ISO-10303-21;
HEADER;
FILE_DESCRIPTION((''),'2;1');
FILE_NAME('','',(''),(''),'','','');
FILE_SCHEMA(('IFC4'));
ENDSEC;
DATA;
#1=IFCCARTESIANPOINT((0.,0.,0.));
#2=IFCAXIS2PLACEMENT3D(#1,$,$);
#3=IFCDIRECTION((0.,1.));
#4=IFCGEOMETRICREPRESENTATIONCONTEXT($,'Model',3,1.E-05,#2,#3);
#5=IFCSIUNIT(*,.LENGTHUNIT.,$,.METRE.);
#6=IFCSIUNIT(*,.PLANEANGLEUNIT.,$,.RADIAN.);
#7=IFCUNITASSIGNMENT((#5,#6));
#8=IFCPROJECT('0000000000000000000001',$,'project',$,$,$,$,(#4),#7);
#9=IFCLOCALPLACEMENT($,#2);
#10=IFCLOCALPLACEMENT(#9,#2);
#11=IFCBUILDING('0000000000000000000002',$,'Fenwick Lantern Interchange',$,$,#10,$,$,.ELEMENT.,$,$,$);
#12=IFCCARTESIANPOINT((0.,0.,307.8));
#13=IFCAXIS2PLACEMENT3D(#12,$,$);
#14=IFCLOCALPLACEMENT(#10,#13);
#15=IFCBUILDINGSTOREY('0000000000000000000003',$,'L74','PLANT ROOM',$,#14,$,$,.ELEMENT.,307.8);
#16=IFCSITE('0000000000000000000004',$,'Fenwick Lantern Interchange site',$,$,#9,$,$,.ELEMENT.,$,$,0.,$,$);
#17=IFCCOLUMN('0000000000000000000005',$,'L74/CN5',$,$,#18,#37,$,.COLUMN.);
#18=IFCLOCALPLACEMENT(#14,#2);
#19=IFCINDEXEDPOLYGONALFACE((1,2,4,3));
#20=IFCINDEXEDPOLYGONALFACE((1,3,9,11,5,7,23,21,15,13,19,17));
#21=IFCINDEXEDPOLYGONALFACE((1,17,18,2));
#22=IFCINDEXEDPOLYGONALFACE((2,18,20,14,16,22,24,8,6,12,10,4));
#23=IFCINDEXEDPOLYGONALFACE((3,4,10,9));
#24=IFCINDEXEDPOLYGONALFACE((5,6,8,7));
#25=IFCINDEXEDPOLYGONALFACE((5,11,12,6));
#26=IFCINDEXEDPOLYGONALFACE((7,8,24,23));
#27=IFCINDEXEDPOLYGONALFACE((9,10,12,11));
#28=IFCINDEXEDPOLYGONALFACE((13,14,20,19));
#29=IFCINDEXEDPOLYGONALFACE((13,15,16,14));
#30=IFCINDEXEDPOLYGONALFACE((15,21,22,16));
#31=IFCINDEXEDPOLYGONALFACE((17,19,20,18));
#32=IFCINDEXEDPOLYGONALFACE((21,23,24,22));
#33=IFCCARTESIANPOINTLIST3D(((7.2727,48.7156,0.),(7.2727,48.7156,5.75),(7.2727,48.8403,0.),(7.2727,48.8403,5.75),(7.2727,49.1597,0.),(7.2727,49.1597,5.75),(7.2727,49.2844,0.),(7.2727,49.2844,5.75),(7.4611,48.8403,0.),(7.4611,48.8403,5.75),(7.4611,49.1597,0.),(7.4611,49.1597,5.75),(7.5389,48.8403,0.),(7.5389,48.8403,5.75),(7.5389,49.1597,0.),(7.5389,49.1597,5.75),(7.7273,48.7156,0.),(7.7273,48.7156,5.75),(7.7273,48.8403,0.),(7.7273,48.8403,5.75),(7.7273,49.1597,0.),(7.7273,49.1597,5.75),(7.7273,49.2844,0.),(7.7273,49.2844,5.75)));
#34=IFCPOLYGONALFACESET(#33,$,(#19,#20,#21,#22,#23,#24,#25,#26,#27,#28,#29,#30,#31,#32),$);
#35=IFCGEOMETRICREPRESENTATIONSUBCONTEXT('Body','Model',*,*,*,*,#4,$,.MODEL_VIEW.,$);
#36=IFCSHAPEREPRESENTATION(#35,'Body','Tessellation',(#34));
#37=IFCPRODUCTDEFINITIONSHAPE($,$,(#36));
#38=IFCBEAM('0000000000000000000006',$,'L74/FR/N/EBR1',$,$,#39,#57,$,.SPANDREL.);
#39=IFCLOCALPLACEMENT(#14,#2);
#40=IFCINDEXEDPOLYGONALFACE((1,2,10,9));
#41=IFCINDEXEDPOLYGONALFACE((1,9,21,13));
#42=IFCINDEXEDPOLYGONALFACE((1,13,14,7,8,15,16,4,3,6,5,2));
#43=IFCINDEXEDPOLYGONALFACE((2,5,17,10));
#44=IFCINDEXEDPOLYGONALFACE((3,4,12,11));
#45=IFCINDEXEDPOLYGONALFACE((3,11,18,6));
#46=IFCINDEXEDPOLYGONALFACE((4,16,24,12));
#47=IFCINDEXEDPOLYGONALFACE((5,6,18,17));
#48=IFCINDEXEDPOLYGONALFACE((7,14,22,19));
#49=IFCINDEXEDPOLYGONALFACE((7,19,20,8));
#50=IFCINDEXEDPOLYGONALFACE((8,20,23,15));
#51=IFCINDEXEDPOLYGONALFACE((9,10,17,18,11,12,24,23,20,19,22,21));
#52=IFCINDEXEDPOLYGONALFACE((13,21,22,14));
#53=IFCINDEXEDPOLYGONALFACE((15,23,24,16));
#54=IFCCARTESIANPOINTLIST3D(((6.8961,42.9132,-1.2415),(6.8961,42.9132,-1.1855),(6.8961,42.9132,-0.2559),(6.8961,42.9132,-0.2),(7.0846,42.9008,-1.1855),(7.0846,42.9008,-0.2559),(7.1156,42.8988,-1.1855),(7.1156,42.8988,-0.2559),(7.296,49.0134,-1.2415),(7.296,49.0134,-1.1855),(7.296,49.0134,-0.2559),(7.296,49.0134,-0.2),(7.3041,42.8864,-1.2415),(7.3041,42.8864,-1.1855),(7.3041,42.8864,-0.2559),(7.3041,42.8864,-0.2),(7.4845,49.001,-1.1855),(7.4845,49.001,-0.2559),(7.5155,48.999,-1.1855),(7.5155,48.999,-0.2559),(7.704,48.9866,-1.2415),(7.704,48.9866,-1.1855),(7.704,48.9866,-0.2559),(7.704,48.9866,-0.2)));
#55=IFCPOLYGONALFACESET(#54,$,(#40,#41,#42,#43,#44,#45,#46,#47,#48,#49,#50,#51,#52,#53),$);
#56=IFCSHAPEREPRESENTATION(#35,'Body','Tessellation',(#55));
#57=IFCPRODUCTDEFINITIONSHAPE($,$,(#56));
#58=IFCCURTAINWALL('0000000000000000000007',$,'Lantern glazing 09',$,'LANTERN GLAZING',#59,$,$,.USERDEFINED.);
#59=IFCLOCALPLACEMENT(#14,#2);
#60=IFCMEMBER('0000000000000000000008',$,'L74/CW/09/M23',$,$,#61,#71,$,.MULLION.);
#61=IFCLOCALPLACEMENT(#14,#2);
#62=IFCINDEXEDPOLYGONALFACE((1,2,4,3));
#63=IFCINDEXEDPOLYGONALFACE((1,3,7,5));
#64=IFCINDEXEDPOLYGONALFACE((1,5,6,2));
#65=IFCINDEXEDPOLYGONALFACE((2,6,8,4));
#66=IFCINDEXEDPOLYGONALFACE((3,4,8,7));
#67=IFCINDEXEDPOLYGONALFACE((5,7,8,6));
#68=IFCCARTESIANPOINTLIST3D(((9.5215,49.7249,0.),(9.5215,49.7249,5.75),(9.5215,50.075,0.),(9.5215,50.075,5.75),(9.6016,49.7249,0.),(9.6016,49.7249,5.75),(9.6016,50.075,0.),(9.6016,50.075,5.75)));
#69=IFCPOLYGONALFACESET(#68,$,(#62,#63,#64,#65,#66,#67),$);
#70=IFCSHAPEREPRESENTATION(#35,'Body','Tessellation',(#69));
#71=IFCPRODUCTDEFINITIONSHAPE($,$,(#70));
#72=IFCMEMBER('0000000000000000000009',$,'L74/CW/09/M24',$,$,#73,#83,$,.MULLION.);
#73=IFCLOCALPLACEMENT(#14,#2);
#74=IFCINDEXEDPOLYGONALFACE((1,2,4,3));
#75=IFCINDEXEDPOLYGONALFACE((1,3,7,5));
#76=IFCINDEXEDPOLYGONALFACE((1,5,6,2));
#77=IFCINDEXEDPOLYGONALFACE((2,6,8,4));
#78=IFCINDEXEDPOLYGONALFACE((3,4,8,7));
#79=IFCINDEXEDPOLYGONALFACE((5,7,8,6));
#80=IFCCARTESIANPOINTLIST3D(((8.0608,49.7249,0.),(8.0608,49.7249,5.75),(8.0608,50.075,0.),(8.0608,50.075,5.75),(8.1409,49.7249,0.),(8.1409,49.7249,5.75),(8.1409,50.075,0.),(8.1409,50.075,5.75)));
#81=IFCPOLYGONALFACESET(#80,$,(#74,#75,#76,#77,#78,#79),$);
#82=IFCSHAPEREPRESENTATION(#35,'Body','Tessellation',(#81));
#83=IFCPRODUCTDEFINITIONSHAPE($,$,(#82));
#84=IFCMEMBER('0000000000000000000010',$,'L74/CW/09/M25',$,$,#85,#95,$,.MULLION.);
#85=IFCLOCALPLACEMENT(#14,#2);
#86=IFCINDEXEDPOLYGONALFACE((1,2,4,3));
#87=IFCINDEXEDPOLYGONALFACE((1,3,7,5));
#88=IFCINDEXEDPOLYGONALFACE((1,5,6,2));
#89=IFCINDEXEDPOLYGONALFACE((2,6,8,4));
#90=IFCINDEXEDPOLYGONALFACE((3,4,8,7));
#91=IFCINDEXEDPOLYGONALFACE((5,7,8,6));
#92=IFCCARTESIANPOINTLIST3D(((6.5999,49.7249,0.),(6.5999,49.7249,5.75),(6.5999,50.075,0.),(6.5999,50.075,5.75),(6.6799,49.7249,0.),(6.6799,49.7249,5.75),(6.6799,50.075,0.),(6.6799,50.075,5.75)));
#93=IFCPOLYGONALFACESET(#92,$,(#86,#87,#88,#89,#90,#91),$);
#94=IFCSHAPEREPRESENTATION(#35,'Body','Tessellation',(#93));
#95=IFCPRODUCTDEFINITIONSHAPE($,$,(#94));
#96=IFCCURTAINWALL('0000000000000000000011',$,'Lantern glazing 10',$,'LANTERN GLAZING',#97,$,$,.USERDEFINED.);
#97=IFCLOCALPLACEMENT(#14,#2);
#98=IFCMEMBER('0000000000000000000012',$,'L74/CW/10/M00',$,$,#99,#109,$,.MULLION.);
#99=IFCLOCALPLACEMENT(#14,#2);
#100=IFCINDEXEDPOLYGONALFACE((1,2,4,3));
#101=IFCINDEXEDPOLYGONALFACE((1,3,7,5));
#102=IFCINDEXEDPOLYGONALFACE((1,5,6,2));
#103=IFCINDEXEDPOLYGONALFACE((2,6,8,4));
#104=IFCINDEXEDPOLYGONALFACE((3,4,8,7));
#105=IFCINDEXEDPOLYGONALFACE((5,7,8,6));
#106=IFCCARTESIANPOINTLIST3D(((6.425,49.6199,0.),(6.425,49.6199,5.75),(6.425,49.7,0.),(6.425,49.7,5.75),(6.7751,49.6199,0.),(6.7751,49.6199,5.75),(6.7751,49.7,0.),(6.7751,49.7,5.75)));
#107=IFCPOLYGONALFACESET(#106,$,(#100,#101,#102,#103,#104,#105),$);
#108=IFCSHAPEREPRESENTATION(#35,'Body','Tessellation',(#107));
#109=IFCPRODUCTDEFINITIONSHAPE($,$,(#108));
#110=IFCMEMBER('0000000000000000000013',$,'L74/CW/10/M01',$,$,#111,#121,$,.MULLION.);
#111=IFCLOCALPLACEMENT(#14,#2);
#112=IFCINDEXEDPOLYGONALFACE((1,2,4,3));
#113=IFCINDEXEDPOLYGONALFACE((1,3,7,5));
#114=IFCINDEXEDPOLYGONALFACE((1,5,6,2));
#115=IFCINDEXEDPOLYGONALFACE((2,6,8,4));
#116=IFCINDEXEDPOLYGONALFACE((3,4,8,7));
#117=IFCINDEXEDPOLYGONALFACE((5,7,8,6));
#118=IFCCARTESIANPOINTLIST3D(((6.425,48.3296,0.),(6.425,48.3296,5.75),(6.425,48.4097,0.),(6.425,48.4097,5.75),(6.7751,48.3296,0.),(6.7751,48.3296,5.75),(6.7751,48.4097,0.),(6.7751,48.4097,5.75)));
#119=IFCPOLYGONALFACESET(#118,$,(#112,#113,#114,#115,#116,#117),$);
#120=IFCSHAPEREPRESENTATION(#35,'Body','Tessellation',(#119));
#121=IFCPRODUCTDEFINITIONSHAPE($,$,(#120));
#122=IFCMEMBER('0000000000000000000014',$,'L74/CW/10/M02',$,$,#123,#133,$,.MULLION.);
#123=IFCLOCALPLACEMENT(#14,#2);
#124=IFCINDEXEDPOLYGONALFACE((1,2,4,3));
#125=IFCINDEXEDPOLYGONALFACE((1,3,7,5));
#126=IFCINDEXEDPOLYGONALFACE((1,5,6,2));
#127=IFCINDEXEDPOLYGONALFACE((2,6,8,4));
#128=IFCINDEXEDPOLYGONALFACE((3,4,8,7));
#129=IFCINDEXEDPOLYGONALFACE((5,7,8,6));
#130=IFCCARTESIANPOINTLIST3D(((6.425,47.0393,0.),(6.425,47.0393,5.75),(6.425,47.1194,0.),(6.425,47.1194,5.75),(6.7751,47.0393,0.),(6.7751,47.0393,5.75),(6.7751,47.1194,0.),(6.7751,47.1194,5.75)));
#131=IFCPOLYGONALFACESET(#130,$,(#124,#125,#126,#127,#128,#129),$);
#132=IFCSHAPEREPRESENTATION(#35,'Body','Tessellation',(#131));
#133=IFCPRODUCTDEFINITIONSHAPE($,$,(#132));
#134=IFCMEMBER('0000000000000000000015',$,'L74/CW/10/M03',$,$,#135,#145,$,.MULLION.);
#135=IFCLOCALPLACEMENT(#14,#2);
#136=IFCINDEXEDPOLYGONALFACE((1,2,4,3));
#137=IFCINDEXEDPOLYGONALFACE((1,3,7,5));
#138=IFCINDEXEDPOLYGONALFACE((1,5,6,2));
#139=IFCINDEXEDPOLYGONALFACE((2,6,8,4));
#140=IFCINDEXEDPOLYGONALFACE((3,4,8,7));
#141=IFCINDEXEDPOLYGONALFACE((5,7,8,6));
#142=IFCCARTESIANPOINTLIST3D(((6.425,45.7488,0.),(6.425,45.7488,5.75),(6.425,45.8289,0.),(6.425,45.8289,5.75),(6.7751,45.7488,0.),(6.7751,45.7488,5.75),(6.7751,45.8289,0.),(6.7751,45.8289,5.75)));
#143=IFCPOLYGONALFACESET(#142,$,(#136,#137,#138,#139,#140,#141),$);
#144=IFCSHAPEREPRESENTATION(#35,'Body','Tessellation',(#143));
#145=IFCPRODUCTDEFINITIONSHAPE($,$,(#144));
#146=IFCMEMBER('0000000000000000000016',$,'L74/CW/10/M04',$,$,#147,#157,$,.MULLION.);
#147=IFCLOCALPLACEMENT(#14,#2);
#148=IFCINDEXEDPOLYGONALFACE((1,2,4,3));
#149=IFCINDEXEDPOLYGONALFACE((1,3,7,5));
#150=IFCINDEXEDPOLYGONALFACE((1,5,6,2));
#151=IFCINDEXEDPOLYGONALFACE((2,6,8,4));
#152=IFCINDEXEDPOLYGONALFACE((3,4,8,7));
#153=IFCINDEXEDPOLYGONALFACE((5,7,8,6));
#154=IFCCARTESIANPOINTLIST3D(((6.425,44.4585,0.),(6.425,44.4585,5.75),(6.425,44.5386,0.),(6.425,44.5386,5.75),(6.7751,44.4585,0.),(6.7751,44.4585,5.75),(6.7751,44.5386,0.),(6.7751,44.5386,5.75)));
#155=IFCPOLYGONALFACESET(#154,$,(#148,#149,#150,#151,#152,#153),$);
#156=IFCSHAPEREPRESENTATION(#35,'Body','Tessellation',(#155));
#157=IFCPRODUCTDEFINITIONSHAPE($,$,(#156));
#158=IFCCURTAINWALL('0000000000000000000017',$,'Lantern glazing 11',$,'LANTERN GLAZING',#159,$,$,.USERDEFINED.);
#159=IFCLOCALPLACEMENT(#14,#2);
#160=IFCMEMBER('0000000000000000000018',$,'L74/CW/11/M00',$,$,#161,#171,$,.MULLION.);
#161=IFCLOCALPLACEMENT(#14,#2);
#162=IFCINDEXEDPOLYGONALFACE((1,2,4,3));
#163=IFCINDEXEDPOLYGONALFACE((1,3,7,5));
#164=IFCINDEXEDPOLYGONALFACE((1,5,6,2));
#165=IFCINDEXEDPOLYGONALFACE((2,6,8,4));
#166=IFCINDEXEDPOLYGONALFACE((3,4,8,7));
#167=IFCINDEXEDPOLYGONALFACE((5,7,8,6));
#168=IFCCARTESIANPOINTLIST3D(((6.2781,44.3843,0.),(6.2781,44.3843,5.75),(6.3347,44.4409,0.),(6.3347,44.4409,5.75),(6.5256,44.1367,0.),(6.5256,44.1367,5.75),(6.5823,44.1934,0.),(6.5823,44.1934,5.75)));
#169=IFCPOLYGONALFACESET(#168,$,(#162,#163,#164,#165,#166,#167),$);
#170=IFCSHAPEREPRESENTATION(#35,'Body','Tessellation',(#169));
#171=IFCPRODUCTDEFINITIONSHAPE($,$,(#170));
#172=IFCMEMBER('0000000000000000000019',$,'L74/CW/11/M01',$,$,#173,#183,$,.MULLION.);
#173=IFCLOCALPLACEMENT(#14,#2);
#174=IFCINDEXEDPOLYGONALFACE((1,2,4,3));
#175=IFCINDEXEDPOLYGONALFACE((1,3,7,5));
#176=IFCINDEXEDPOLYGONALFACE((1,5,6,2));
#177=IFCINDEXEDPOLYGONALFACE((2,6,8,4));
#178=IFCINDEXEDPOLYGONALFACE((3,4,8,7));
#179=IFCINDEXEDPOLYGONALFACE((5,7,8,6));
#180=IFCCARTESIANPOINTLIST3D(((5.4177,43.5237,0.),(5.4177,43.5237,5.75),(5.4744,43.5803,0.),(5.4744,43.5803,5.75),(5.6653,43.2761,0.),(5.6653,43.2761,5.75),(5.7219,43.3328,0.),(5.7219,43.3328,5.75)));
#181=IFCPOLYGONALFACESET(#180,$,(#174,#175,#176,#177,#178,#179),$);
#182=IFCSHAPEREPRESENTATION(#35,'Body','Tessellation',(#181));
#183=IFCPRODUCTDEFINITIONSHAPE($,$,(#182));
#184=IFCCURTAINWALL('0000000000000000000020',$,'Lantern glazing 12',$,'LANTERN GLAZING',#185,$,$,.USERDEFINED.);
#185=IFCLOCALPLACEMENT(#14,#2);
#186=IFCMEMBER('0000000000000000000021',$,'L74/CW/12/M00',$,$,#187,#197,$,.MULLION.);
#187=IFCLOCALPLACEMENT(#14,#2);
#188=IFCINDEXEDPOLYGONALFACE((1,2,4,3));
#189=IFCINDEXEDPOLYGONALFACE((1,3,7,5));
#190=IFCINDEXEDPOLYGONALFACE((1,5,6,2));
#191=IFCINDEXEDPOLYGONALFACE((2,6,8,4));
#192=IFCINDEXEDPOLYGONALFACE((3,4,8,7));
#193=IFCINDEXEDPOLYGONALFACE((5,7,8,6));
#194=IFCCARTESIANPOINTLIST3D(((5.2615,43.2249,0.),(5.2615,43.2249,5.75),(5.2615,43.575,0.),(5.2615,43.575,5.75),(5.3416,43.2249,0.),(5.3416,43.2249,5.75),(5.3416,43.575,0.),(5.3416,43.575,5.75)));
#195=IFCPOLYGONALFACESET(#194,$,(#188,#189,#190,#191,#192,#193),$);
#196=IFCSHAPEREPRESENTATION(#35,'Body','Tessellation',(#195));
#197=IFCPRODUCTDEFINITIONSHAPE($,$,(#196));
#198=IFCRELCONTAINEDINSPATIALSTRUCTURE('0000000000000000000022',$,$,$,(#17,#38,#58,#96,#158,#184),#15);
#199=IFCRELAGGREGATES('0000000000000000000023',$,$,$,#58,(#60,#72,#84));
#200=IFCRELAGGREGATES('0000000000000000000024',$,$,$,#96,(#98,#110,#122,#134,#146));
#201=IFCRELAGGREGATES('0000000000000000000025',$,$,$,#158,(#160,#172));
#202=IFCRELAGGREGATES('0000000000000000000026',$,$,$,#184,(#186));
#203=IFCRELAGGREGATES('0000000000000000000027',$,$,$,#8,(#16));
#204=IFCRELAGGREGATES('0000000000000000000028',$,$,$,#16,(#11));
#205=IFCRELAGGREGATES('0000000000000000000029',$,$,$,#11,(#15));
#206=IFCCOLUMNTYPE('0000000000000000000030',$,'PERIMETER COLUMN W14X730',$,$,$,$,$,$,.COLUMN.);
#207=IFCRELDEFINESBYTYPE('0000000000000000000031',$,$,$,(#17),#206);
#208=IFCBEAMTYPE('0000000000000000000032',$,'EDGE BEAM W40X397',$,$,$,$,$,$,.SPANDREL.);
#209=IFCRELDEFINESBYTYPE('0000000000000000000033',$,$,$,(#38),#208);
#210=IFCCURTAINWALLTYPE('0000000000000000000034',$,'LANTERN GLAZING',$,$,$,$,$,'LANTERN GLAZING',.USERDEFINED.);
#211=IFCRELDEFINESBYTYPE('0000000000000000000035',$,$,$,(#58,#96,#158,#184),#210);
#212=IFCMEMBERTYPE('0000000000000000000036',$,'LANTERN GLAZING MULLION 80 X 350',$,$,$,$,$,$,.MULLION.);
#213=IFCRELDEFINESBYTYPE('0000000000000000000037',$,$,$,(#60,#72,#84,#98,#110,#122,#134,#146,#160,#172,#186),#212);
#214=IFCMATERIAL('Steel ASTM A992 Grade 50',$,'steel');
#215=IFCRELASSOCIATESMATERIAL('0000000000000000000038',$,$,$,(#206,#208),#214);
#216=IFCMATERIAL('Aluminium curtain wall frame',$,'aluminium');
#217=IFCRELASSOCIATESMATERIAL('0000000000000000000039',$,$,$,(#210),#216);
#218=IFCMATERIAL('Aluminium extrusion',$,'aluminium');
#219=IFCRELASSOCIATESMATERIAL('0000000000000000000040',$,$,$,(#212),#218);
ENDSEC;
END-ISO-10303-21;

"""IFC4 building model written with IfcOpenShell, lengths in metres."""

from ifc_helpers import new_model, si_unit, direction, frame, origin, origin_2d, place, context, subcontext, project, spatial, rectangle, i_section, extrude, material, material_profile, profile_set, type_object, element, aggregate, save


model = new_model("IFC4")

# Units and contexts
model_context = context("Model", 3, precision=1e-05, world=origin(), true_north=direction((0.0, 1.0)))
body_context = subcontext(model_context, "Body", "Model", "MODEL_VIEW")
ifc_project = project(units=[si_unit("LENGTHUNIT", "METRE"), si_unit("PLANEANGLEUNIT", "RADIAN")], contexts=[model_context])

# Site, building, storey
site_placement = place(None, origin())
site = spatial("IfcSite", under=ifc_project, at=site_placement, Name="Fenwick Lantern Interchange site", CompositionType="ELEMENT", RefElevation=0.0)
building_placement = place(site_placement, origin())
building = spatial("IfcBuilding", under=site, at=building_placement, Name="Fenwick Lantern Interchange", CompositionType="ELEMENT")
storey_placement = place(building_placement, frame((0.0, 0.0, 307.8)))
storey = spatial("IfcBuildingStorey", under=building, at=storey_placement, Name="L74", Description="PLANT ROOM", CompositionType="ELEMENT", Elevation=307.8)

# Column
ifc_material_1 = material(Name="Steel ASTM A992 Grade 50", Category="steel")
ifc_material_profile_1 = material_profile(ifc_material_1, i_section(OverallWidth=0.4546, OverallDepth=0.5688, WebThickness=0.0779, FlangeThickness=0.1248, at=origin_2d()), Name="W14X730")
ifc_profile_set_1 = profile_set([ifc_material_profile_1], Name="Steel ASTM A992 Grade 50")
column_type = type_object("IfcColumnType", Name="PERIMETER COLUMN W14X730", PredefinedType="COLUMN", material=ifc_profile_set_1)
column_placement = place(storey_placement, frame((7.5, 49.0, 0.0), z_axis=(0.0, 0.0, 1.0), x_axis=(1.0, 0.0, 0.0)))
element("IfcColumn", 1, at=column_placement, inside=storey, type_object=column_type, Name="L74/CN5", PredefinedType="COLUMN", context=body_context, shape_type="SweptSolid", body=[
    extrude(i_section(OverallWidth=0.4546, OverallDepth=0.5688, WebThickness=0.0779, FlangeThickness=0.1248, at=origin_2d()), origin(), (0.0, 0.0, 1.0), 5.75),
])

# Beam
ifc_material_profile_2 = material_profile(ifc_material_1, i_section(OverallWidth=0.4089, OverallDepth=1.0415, WebThickness=0.031, FlangeThickness=0.0559, at=origin_2d()), Name="W40X397")
ifc_profile_set_2 = profile_set([ifc_material_profile_2], Name="Steel ASTM A992 Grade 50")
beam_type = type_object("IfcBeamType", Name="EDGE BEAM W40X397", PredefinedType="SPANDREL", material=ifc_profile_set_2)
beam_placement = place(storey_placement, frame((7.5, 49.0, -0.7207), z_axis=(-0.065416, -0.997858, 0.0), x_axis=(0.997858, -0.065416, 0.0)))
element("IfcBeam", 2, at=beam_placement, inside=storey, type_object=beam_type, Name="L74/FR/N/EBR1", PredefinedType="SPANDREL", context=body_context, shape_type="SweptSolid", body=[
    extrude(i_section(OverallWidth=0.4089, OverallDepth=1.0415, WebThickness=0.031, FlangeThickness=0.0559, at=origin_2d()), origin(), (0.0, 0.0, 1.0), 6.1133),
])

# Curtain walls, members
ifc_material_2 = material(Name="Aluminium curtain wall frame", Category="aluminium")
curtain_wall_type = type_object("IfcCurtainWallType", Name="LANTERN GLAZING", ElementType="LANTERN GLAZING", PredefinedType="USERDEFINED", material=ifc_material_2)
curtain_wall_1_placement = place(storey_placement, origin())
curtain_wall_1 = element("IfcCurtainWall", 3, at=curtain_wall_1_placement, inside=storey, type_object=curtain_wall_type, Name="Lantern glazing 09", ObjectType="LANTERN GLAZING", PredefinedType="USERDEFINED")
ifc_material_3 = material(Name="Aluminium extrusion", Category="aluminium")
ifc_material_profile_3 = material_profile(ifc_material_3, rectangle(XDim=0.3501, YDim=0.0801, at=origin_2d()), Name="LANTERN GLAZING MULLION 80 X 350")
ifc_profile_set_3 = profile_set([ifc_material_profile_3], Name="Aluminium extrusion")
member_type_1 = type_object("IfcMemberType", Name="LANTERN GLAZING MULLION 80 X 350", PredefinedType="MULLION", material=ifc_profile_set_3)
member_1_placement = place(storey_placement, frame((9.5615, 49.8999, 0.0), z_axis=(0.0, 0.0, 1.0), x_axis=(0.0, -1.0, 0.0)))
member_1 = element("IfcMember", 4, at=member_1_placement, type_object=member_type_1, Name="L74/CW/09/M23", PredefinedType="MULLION", context=body_context, shape_type="SweptSolid", body=[
    extrude(rectangle(XDim=0.3501, YDim=0.0801, at=origin_2d()), origin(), (0.0, 0.0, 1.0), 5.75),
])
member_2_placement = place(storey_placement, frame((8.1008, 49.8999, 0.0), z_axis=(0.0, 0.0, 1.0), x_axis=(0.0, -1.0, 0.0)))
member_2 = element("IfcMember", 5, at=member_2_placement, type_object=member_type_1, Name="L74/CW/09/M24", PredefinedType="MULLION", context=body_context, shape_type="SweptSolid", body=[
    extrude(rectangle(XDim=0.3501, YDim=0.0801, at=origin_2d()), origin(), (0.0, 0.0, 1.0), 5.75),
])
member_3_placement = place(storey_placement, frame((6.6399, 49.8999, 0.0), z_axis=(0.0, 0.0, 1.0), x_axis=(0.0, -1.0, 0.0)))
member_3 = element("IfcMember", 6, at=member_3_placement, type_object=member_type_1, Name="L74/CW/09/M25", PredefinedType="MULLION", context=body_context, shape_type="SweptSolid", body=[
    extrude(rectangle(XDim=0.3501, YDim=0.0801, at=origin_2d()), origin(), (0.0, 0.0, 1.0), 5.75),
])
aggregate(curtain_wall_1, [member_1, member_2, member_3])
curtain_wall_2_placement = place(storey_placement, origin())
curtain_wall_2 = element("IfcCurtainWall", 7, at=curtain_wall_2_placement, inside=storey, type_object=curtain_wall_type, Name="Lantern glazing 10", ObjectType="LANTERN GLAZING", PredefinedType="USERDEFINED")
member_4_placement = place(storey_placement, frame((6.6001, 49.6599, 0.0), z_axis=(0.0, 0.0, 1.0), x_axis=(1.0, 0.0, 0.0)))
member_4 = element("IfcMember", 8, at=member_4_placement, type_object=member_type_1, Name="L74/CW/10/M00", PredefinedType="MULLION", context=body_context, shape_type="SweptSolid", body=[
    extrude(rectangle(XDim=0.3501, YDim=0.0801, at=origin_2d()), origin(), (0.0, 0.0, 1.0), 5.75),
])
member_5_placement = place(storey_placement, frame((6.6001, 48.3696, 0.0), z_axis=(0.0, 0.0, 1.0), x_axis=(1.0, 0.0, 0.0)))
member_5 = element("IfcMember", 9, at=member_5_placement, type_object=member_type_1, Name="L74/CW/10/M01", PredefinedType="MULLION", context=body_context, shape_type="SweptSolid", body=[
    extrude(rectangle(XDim=0.3501, YDim=0.0801, at=origin_2d()), origin(), (0.0, 0.0, 1.0), 5.75),
])
member_6_placement = place(storey_placement, frame((6.6001, 47.0793, 0.0), z_axis=(0.0, 0.0, 1.0), x_axis=(1.0, 0.0, 0.0)))
member_6 = element("IfcMember", 10, at=member_6_placement, type_object=member_type_1, Name="L74/CW/10/M02", PredefinedType="MULLION", context=body_context, shape_type="SweptSolid", body=[
    extrude(rectangle(XDim=0.3501, YDim=0.0801, at=origin_2d()), origin(), (0.0, 0.0, 1.0), 5.75),
])
member_7_placement = place(storey_placement, frame((6.6001, 45.7888, 0.0), z_axis=(0.0, 0.0, 1.0), x_axis=(1.0, 0.0, 0.0)))
member_7 = element("IfcMember", 11, at=member_7_placement, type_object=member_type_1, Name="L74/CW/10/M03", PredefinedType="MULLION", context=body_context, shape_type="SweptSolid", body=[
    extrude(rectangle(XDim=0.3501, YDim=0.0801, at=origin_2d()), origin(), (0.0, 0.0, 1.0), 5.75),
])
member_8_placement = place(storey_placement, frame((6.6001, 44.4985, 0.0), z_axis=(0.0, 0.0, 1.0), x_axis=(1.0, 0.0, 0.0)))
member_8 = element("IfcMember", 12, at=member_8_placement, type_object=member_type_1, Name="L74/CW/10/M04", PredefinedType="MULLION", context=body_context, shape_type="SweptSolid", body=[
    extrude(rectangle(XDim=0.3501, YDim=0.0801, at=origin_2d()), origin(), (0.0, 0.0, 1.0), 5.75),
])
curtain_wall_3_placement = place(storey_placement, origin())
curtain_wall_3 = element("IfcCurtainWall", 13, at=curtain_wall_3_placement, inside=storey, type_object=curtain_wall_type, Name="Lantern glazing 11", ObjectType="LANTERN GLAZING", PredefinedType="USERDEFINED")
member_9_placement = place(storey_placement, frame((6.4302, 44.2888, 0.0), z_axis=(0.0, 0.0, 1.0), x_axis=(0.707107, -0.707107, 0.0)))
member_9 = element("IfcMember", 14, at=member_9_placement, type_object=member_type_1, Name="L74/CW/11/M00", PredefinedType="MULLION", context=body_context, shape_type="SweptSolid", body=[
    extrude(rectangle(XDim=0.3501, YDim=0.0801, at=origin_2d()), origin(), (0.0, 0.0, 1.0), 5.75),
])
member_10_placement = place(storey_placement, frame((5.5698, 43.4282, 0.0), z_axis=(0.0, 0.0, 1.0), x_axis=(0.707107, -0.707107, 0.0)))
member_10 = element("IfcMember", 15, at=member_10_placement, type_object=member_type_1, Name="L74/CW/11/M01", PredefinedType="MULLION", context=body_context, shape_type="SweptSolid", body=[
    extrude(rectangle(XDim=0.3501, YDim=0.0801, at=origin_2d()), origin(), (0.0, 0.0, 1.0), 5.75),
])
curtain_wall_4_placement = place(storey_placement, origin())
curtain_wall_4 = element("IfcCurtainWall", 16, at=curtain_wall_4_placement, inside=storey, type_object=curtain_wall_type, Name="Lantern glazing 12", ObjectType="LANTERN GLAZING", PredefinedType="USERDEFINED")
member_11_placement = place(storey_placement, frame((5.3015, 43.3999, 0.0), z_axis=(0.0, 0.0, 1.0), x_axis=(0.0, -1.0, 0.0)))
member_11 = element("IfcMember", 17, at=member_11_placement, type_object=member_type_1, Name="L74/CW/12/M00", PredefinedType="MULLION", context=body_context, shape_type="SweptSolid", body=[
    extrude(rectangle(XDim=0.3501, YDim=0.0801, at=origin_2d()), origin(), (0.0, 0.0, 1.0), 5.75),
])

aggregate(curtain_wall_2, [member_4, member_5, member_6, member_7, member_8])
aggregate(curtain_wall_3, [member_9, member_10])
aggregate(curtain_wall_4, [member_11])

save(model, "model.ifc")
